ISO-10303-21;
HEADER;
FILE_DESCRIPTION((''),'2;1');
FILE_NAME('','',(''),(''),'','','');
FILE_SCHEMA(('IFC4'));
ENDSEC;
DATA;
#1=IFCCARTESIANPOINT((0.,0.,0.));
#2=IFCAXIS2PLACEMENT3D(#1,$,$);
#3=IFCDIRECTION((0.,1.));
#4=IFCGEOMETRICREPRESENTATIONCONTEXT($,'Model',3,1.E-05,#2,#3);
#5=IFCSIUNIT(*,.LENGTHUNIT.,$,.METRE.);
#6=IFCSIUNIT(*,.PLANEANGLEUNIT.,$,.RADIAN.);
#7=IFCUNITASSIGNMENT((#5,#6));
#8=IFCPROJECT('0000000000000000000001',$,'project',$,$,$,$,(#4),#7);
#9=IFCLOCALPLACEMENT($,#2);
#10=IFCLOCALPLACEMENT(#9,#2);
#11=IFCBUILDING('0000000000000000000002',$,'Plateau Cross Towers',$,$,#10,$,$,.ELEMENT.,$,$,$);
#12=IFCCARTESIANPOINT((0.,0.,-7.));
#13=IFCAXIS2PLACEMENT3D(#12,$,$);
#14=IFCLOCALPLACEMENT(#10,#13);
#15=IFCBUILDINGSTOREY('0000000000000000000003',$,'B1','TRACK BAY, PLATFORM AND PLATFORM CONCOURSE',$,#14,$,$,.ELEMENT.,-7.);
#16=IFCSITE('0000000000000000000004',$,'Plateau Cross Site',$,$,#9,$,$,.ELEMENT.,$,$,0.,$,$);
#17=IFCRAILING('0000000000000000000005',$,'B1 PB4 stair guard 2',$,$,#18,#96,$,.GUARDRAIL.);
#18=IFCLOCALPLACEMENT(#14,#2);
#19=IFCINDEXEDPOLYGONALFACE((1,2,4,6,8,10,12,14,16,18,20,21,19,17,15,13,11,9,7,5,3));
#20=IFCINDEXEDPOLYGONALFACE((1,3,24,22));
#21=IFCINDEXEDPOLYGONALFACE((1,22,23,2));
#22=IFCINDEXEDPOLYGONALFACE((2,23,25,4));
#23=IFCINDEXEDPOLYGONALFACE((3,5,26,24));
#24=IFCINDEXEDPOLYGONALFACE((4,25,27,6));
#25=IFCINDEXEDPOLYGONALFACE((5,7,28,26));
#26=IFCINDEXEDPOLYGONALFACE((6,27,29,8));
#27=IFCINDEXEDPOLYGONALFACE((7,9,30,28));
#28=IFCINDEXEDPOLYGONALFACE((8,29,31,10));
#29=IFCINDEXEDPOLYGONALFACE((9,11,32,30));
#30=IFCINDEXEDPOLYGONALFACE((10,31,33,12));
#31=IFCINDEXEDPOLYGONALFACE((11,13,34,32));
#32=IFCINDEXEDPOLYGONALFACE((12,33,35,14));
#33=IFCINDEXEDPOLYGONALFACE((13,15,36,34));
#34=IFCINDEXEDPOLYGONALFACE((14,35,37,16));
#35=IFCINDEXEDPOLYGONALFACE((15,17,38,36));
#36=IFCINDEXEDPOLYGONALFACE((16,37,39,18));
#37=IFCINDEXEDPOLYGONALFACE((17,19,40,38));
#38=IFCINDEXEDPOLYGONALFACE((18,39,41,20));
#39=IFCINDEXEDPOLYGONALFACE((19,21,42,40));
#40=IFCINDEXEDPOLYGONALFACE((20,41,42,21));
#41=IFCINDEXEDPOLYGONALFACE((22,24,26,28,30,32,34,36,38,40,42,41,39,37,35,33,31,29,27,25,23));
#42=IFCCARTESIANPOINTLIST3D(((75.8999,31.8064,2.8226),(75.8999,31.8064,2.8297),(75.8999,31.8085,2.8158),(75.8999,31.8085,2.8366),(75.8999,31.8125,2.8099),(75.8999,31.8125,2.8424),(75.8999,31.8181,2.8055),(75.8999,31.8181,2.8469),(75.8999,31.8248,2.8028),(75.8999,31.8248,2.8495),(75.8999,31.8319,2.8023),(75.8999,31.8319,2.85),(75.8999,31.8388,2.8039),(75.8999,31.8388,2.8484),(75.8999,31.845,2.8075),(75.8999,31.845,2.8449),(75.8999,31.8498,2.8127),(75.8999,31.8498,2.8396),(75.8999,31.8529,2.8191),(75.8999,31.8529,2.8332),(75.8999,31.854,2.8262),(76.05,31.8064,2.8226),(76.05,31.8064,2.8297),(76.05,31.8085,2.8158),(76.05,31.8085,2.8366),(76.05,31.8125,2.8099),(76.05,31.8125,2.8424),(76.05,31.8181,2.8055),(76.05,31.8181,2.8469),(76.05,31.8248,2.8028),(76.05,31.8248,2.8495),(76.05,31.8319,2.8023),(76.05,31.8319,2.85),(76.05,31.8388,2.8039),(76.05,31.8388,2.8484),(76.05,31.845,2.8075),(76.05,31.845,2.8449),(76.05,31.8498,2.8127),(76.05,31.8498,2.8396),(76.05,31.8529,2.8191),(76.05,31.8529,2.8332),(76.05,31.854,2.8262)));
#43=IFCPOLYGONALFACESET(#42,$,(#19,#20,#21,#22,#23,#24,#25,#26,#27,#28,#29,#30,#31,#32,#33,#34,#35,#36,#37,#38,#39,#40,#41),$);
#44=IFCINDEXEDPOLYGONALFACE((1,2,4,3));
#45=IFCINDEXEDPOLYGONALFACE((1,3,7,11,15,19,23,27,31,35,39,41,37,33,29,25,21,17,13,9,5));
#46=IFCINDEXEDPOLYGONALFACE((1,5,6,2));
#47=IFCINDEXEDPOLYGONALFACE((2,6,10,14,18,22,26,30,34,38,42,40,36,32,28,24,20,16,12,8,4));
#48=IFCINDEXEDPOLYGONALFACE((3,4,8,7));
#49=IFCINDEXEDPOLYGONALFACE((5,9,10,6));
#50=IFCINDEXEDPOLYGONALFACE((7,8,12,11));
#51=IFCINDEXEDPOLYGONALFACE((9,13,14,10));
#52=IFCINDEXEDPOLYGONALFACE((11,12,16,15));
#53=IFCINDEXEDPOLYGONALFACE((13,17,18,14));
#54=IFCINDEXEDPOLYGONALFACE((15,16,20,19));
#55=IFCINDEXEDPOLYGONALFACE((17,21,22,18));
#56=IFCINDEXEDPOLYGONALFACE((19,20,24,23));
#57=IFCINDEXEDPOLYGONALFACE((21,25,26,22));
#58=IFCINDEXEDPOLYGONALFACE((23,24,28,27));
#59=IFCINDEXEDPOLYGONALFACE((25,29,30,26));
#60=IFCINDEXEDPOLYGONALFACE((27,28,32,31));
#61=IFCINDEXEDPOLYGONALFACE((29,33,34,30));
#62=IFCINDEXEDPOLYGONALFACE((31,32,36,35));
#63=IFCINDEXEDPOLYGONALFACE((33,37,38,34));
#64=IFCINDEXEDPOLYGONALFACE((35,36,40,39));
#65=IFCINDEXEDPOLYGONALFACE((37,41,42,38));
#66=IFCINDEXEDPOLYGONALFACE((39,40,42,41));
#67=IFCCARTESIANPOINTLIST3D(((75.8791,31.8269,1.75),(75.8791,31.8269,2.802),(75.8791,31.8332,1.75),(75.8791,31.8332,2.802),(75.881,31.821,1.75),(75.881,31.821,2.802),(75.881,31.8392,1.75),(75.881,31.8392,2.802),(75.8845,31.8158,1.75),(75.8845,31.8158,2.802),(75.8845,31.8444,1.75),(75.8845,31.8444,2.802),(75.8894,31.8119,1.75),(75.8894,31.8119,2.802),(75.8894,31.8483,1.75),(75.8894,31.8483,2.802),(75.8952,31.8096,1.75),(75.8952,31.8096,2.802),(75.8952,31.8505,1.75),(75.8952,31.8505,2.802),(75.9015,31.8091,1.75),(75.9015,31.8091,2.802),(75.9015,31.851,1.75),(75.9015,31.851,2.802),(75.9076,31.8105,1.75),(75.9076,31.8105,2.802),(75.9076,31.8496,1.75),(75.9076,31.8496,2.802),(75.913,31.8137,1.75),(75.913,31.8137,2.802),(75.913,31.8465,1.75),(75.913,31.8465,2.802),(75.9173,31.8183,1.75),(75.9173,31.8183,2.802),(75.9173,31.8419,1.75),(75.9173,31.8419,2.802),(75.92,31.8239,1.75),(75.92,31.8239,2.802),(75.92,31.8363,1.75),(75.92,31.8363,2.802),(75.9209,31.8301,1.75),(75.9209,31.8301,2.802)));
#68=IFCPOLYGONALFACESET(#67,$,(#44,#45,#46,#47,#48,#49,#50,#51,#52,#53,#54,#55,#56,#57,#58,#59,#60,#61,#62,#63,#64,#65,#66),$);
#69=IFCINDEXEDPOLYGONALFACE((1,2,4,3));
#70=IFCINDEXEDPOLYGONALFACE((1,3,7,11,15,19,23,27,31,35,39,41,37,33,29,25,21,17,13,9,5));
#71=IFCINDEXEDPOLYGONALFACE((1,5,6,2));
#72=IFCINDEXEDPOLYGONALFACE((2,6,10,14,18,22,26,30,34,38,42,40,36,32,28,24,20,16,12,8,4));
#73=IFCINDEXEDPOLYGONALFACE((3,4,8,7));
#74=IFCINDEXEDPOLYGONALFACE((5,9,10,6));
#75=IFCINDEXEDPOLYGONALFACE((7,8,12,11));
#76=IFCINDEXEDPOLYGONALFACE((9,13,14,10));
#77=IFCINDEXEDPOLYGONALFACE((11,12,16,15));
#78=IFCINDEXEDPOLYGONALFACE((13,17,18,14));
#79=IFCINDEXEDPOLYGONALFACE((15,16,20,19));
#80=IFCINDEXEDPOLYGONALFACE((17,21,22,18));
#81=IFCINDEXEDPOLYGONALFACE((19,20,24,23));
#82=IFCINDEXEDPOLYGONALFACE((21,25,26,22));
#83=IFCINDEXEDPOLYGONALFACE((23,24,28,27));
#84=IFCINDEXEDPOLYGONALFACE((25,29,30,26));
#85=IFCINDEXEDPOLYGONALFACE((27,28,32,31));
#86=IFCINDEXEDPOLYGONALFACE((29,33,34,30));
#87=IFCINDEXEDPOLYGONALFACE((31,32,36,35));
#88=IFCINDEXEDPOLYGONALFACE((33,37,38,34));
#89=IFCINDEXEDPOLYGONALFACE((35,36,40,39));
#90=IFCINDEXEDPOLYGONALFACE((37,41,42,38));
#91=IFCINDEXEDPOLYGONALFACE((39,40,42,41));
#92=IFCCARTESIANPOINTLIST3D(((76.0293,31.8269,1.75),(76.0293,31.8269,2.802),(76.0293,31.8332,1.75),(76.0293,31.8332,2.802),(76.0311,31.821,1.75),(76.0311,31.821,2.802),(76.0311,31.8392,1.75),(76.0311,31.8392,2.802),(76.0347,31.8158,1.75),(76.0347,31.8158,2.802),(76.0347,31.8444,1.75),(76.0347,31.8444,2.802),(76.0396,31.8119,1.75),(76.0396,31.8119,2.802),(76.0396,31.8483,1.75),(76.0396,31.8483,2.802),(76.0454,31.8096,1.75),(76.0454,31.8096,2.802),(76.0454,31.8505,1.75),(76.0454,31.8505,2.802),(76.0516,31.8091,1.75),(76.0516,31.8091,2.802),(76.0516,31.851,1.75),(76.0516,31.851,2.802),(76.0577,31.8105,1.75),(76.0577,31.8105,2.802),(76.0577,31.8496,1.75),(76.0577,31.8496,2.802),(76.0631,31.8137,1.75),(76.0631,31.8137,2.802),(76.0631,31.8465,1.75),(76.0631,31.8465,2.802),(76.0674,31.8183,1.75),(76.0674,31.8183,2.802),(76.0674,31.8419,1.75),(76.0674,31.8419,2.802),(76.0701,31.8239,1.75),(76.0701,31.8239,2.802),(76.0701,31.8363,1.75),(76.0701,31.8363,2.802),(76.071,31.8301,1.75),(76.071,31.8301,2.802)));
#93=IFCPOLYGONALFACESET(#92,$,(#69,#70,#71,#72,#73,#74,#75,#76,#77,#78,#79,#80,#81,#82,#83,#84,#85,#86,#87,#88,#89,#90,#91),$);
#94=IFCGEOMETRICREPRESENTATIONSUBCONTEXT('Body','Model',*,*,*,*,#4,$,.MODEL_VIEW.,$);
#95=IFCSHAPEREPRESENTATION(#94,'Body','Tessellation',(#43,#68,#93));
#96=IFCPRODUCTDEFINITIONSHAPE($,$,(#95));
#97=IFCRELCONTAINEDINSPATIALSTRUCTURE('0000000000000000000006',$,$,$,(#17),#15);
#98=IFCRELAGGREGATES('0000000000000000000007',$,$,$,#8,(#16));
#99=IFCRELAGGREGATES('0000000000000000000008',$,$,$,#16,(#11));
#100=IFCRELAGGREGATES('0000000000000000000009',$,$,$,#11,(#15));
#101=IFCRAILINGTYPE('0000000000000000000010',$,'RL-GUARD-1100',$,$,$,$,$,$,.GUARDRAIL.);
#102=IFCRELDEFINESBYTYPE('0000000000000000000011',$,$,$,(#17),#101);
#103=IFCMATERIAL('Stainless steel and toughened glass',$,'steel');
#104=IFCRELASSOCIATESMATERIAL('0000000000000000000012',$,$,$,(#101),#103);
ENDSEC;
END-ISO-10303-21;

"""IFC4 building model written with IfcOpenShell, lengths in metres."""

from ifc_helpers import new_model, si_unit, direction, frame, origin, origin_2d, place, context, subcontext, project, spatial, circle, extrude, material, type_object, element, save


model = new_model("IFC4")

# Units and contexts
model_context = context("Model", 3, precision=1e-05, world=origin(), true_north=direction((0.0, 1.0)))
body_context = subcontext(model_context, "Body", "Model", "MODEL_VIEW")
ifc_project = project(units=[si_unit("LENGTHUNIT", "METRE"), si_unit("PLANEANGLEUNIT", "RADIAN")], contexts=[model_context])

# Site, building, storey
site_placement = place(None, origin())
site = spatial("IfcSite", under=ifc_project, at=site_placement, Name="Plateau Cross Site", CompositionType="ELEMENT", RefElevation=0.0)
building_placement = place(site_placement, origin())
building = spatial("IfcBuilding", under=site, at=building_placement, Name="Plateau Cross Towers", CompositionType="ELEMENT")
storey_placement = place(building_placement, frame((0.0, 0.0, -7.0)))
storey = spatial("IfcBuildingStorey", under=building, at=storey_placement, Name="B1", Description="TRACK BAY, PLATFORM AND PLATFORM CONCOURSE", CompositionType="ELEMENT", Elevation=-7.0)

# Railing
ifc_material_1 = material(Name="Stainless steel and toughened glass", Category="steel")
railing_type_1 = type_object("IfcRailingType", Name="RL-GUARD-1100", PredefinedType="GUARDRAIL", material=ifc_material_1)
railing_1_placement = place(storey_placement, frame((75.8999, 31.8301, 1.75)))
element("IfcRailing", 1, at=railing_1_placement, inside=storey, type_object=railing_type_1, Name="B1 PB4 stair guard 2", PredefinedType="GUARDRAIL", context=body_context, shape_type="SweptSolid", body=[
    extrude(circle(Radius=0.0239, at=origin_2d()), frame((0.0, 0.0, 1.0762), z_axis=(1.0, 0.0, 0.0), x_axis=(0.0, 1.0, 0.0)), (0.0, 0.0, 1.0), 0.1501),
    extrude(circle(Radius=0.021, at=origin_2d()), origin(), (0.0, 0.0, 1.0), 1.052),
    extrude(circle(Radius=0.021, at=origin_2d()), frame((0.1501, 0.0, 0.0)), (0.0, 0.0, 1.0), 1.052),
])

save(model, "model.ifc")
